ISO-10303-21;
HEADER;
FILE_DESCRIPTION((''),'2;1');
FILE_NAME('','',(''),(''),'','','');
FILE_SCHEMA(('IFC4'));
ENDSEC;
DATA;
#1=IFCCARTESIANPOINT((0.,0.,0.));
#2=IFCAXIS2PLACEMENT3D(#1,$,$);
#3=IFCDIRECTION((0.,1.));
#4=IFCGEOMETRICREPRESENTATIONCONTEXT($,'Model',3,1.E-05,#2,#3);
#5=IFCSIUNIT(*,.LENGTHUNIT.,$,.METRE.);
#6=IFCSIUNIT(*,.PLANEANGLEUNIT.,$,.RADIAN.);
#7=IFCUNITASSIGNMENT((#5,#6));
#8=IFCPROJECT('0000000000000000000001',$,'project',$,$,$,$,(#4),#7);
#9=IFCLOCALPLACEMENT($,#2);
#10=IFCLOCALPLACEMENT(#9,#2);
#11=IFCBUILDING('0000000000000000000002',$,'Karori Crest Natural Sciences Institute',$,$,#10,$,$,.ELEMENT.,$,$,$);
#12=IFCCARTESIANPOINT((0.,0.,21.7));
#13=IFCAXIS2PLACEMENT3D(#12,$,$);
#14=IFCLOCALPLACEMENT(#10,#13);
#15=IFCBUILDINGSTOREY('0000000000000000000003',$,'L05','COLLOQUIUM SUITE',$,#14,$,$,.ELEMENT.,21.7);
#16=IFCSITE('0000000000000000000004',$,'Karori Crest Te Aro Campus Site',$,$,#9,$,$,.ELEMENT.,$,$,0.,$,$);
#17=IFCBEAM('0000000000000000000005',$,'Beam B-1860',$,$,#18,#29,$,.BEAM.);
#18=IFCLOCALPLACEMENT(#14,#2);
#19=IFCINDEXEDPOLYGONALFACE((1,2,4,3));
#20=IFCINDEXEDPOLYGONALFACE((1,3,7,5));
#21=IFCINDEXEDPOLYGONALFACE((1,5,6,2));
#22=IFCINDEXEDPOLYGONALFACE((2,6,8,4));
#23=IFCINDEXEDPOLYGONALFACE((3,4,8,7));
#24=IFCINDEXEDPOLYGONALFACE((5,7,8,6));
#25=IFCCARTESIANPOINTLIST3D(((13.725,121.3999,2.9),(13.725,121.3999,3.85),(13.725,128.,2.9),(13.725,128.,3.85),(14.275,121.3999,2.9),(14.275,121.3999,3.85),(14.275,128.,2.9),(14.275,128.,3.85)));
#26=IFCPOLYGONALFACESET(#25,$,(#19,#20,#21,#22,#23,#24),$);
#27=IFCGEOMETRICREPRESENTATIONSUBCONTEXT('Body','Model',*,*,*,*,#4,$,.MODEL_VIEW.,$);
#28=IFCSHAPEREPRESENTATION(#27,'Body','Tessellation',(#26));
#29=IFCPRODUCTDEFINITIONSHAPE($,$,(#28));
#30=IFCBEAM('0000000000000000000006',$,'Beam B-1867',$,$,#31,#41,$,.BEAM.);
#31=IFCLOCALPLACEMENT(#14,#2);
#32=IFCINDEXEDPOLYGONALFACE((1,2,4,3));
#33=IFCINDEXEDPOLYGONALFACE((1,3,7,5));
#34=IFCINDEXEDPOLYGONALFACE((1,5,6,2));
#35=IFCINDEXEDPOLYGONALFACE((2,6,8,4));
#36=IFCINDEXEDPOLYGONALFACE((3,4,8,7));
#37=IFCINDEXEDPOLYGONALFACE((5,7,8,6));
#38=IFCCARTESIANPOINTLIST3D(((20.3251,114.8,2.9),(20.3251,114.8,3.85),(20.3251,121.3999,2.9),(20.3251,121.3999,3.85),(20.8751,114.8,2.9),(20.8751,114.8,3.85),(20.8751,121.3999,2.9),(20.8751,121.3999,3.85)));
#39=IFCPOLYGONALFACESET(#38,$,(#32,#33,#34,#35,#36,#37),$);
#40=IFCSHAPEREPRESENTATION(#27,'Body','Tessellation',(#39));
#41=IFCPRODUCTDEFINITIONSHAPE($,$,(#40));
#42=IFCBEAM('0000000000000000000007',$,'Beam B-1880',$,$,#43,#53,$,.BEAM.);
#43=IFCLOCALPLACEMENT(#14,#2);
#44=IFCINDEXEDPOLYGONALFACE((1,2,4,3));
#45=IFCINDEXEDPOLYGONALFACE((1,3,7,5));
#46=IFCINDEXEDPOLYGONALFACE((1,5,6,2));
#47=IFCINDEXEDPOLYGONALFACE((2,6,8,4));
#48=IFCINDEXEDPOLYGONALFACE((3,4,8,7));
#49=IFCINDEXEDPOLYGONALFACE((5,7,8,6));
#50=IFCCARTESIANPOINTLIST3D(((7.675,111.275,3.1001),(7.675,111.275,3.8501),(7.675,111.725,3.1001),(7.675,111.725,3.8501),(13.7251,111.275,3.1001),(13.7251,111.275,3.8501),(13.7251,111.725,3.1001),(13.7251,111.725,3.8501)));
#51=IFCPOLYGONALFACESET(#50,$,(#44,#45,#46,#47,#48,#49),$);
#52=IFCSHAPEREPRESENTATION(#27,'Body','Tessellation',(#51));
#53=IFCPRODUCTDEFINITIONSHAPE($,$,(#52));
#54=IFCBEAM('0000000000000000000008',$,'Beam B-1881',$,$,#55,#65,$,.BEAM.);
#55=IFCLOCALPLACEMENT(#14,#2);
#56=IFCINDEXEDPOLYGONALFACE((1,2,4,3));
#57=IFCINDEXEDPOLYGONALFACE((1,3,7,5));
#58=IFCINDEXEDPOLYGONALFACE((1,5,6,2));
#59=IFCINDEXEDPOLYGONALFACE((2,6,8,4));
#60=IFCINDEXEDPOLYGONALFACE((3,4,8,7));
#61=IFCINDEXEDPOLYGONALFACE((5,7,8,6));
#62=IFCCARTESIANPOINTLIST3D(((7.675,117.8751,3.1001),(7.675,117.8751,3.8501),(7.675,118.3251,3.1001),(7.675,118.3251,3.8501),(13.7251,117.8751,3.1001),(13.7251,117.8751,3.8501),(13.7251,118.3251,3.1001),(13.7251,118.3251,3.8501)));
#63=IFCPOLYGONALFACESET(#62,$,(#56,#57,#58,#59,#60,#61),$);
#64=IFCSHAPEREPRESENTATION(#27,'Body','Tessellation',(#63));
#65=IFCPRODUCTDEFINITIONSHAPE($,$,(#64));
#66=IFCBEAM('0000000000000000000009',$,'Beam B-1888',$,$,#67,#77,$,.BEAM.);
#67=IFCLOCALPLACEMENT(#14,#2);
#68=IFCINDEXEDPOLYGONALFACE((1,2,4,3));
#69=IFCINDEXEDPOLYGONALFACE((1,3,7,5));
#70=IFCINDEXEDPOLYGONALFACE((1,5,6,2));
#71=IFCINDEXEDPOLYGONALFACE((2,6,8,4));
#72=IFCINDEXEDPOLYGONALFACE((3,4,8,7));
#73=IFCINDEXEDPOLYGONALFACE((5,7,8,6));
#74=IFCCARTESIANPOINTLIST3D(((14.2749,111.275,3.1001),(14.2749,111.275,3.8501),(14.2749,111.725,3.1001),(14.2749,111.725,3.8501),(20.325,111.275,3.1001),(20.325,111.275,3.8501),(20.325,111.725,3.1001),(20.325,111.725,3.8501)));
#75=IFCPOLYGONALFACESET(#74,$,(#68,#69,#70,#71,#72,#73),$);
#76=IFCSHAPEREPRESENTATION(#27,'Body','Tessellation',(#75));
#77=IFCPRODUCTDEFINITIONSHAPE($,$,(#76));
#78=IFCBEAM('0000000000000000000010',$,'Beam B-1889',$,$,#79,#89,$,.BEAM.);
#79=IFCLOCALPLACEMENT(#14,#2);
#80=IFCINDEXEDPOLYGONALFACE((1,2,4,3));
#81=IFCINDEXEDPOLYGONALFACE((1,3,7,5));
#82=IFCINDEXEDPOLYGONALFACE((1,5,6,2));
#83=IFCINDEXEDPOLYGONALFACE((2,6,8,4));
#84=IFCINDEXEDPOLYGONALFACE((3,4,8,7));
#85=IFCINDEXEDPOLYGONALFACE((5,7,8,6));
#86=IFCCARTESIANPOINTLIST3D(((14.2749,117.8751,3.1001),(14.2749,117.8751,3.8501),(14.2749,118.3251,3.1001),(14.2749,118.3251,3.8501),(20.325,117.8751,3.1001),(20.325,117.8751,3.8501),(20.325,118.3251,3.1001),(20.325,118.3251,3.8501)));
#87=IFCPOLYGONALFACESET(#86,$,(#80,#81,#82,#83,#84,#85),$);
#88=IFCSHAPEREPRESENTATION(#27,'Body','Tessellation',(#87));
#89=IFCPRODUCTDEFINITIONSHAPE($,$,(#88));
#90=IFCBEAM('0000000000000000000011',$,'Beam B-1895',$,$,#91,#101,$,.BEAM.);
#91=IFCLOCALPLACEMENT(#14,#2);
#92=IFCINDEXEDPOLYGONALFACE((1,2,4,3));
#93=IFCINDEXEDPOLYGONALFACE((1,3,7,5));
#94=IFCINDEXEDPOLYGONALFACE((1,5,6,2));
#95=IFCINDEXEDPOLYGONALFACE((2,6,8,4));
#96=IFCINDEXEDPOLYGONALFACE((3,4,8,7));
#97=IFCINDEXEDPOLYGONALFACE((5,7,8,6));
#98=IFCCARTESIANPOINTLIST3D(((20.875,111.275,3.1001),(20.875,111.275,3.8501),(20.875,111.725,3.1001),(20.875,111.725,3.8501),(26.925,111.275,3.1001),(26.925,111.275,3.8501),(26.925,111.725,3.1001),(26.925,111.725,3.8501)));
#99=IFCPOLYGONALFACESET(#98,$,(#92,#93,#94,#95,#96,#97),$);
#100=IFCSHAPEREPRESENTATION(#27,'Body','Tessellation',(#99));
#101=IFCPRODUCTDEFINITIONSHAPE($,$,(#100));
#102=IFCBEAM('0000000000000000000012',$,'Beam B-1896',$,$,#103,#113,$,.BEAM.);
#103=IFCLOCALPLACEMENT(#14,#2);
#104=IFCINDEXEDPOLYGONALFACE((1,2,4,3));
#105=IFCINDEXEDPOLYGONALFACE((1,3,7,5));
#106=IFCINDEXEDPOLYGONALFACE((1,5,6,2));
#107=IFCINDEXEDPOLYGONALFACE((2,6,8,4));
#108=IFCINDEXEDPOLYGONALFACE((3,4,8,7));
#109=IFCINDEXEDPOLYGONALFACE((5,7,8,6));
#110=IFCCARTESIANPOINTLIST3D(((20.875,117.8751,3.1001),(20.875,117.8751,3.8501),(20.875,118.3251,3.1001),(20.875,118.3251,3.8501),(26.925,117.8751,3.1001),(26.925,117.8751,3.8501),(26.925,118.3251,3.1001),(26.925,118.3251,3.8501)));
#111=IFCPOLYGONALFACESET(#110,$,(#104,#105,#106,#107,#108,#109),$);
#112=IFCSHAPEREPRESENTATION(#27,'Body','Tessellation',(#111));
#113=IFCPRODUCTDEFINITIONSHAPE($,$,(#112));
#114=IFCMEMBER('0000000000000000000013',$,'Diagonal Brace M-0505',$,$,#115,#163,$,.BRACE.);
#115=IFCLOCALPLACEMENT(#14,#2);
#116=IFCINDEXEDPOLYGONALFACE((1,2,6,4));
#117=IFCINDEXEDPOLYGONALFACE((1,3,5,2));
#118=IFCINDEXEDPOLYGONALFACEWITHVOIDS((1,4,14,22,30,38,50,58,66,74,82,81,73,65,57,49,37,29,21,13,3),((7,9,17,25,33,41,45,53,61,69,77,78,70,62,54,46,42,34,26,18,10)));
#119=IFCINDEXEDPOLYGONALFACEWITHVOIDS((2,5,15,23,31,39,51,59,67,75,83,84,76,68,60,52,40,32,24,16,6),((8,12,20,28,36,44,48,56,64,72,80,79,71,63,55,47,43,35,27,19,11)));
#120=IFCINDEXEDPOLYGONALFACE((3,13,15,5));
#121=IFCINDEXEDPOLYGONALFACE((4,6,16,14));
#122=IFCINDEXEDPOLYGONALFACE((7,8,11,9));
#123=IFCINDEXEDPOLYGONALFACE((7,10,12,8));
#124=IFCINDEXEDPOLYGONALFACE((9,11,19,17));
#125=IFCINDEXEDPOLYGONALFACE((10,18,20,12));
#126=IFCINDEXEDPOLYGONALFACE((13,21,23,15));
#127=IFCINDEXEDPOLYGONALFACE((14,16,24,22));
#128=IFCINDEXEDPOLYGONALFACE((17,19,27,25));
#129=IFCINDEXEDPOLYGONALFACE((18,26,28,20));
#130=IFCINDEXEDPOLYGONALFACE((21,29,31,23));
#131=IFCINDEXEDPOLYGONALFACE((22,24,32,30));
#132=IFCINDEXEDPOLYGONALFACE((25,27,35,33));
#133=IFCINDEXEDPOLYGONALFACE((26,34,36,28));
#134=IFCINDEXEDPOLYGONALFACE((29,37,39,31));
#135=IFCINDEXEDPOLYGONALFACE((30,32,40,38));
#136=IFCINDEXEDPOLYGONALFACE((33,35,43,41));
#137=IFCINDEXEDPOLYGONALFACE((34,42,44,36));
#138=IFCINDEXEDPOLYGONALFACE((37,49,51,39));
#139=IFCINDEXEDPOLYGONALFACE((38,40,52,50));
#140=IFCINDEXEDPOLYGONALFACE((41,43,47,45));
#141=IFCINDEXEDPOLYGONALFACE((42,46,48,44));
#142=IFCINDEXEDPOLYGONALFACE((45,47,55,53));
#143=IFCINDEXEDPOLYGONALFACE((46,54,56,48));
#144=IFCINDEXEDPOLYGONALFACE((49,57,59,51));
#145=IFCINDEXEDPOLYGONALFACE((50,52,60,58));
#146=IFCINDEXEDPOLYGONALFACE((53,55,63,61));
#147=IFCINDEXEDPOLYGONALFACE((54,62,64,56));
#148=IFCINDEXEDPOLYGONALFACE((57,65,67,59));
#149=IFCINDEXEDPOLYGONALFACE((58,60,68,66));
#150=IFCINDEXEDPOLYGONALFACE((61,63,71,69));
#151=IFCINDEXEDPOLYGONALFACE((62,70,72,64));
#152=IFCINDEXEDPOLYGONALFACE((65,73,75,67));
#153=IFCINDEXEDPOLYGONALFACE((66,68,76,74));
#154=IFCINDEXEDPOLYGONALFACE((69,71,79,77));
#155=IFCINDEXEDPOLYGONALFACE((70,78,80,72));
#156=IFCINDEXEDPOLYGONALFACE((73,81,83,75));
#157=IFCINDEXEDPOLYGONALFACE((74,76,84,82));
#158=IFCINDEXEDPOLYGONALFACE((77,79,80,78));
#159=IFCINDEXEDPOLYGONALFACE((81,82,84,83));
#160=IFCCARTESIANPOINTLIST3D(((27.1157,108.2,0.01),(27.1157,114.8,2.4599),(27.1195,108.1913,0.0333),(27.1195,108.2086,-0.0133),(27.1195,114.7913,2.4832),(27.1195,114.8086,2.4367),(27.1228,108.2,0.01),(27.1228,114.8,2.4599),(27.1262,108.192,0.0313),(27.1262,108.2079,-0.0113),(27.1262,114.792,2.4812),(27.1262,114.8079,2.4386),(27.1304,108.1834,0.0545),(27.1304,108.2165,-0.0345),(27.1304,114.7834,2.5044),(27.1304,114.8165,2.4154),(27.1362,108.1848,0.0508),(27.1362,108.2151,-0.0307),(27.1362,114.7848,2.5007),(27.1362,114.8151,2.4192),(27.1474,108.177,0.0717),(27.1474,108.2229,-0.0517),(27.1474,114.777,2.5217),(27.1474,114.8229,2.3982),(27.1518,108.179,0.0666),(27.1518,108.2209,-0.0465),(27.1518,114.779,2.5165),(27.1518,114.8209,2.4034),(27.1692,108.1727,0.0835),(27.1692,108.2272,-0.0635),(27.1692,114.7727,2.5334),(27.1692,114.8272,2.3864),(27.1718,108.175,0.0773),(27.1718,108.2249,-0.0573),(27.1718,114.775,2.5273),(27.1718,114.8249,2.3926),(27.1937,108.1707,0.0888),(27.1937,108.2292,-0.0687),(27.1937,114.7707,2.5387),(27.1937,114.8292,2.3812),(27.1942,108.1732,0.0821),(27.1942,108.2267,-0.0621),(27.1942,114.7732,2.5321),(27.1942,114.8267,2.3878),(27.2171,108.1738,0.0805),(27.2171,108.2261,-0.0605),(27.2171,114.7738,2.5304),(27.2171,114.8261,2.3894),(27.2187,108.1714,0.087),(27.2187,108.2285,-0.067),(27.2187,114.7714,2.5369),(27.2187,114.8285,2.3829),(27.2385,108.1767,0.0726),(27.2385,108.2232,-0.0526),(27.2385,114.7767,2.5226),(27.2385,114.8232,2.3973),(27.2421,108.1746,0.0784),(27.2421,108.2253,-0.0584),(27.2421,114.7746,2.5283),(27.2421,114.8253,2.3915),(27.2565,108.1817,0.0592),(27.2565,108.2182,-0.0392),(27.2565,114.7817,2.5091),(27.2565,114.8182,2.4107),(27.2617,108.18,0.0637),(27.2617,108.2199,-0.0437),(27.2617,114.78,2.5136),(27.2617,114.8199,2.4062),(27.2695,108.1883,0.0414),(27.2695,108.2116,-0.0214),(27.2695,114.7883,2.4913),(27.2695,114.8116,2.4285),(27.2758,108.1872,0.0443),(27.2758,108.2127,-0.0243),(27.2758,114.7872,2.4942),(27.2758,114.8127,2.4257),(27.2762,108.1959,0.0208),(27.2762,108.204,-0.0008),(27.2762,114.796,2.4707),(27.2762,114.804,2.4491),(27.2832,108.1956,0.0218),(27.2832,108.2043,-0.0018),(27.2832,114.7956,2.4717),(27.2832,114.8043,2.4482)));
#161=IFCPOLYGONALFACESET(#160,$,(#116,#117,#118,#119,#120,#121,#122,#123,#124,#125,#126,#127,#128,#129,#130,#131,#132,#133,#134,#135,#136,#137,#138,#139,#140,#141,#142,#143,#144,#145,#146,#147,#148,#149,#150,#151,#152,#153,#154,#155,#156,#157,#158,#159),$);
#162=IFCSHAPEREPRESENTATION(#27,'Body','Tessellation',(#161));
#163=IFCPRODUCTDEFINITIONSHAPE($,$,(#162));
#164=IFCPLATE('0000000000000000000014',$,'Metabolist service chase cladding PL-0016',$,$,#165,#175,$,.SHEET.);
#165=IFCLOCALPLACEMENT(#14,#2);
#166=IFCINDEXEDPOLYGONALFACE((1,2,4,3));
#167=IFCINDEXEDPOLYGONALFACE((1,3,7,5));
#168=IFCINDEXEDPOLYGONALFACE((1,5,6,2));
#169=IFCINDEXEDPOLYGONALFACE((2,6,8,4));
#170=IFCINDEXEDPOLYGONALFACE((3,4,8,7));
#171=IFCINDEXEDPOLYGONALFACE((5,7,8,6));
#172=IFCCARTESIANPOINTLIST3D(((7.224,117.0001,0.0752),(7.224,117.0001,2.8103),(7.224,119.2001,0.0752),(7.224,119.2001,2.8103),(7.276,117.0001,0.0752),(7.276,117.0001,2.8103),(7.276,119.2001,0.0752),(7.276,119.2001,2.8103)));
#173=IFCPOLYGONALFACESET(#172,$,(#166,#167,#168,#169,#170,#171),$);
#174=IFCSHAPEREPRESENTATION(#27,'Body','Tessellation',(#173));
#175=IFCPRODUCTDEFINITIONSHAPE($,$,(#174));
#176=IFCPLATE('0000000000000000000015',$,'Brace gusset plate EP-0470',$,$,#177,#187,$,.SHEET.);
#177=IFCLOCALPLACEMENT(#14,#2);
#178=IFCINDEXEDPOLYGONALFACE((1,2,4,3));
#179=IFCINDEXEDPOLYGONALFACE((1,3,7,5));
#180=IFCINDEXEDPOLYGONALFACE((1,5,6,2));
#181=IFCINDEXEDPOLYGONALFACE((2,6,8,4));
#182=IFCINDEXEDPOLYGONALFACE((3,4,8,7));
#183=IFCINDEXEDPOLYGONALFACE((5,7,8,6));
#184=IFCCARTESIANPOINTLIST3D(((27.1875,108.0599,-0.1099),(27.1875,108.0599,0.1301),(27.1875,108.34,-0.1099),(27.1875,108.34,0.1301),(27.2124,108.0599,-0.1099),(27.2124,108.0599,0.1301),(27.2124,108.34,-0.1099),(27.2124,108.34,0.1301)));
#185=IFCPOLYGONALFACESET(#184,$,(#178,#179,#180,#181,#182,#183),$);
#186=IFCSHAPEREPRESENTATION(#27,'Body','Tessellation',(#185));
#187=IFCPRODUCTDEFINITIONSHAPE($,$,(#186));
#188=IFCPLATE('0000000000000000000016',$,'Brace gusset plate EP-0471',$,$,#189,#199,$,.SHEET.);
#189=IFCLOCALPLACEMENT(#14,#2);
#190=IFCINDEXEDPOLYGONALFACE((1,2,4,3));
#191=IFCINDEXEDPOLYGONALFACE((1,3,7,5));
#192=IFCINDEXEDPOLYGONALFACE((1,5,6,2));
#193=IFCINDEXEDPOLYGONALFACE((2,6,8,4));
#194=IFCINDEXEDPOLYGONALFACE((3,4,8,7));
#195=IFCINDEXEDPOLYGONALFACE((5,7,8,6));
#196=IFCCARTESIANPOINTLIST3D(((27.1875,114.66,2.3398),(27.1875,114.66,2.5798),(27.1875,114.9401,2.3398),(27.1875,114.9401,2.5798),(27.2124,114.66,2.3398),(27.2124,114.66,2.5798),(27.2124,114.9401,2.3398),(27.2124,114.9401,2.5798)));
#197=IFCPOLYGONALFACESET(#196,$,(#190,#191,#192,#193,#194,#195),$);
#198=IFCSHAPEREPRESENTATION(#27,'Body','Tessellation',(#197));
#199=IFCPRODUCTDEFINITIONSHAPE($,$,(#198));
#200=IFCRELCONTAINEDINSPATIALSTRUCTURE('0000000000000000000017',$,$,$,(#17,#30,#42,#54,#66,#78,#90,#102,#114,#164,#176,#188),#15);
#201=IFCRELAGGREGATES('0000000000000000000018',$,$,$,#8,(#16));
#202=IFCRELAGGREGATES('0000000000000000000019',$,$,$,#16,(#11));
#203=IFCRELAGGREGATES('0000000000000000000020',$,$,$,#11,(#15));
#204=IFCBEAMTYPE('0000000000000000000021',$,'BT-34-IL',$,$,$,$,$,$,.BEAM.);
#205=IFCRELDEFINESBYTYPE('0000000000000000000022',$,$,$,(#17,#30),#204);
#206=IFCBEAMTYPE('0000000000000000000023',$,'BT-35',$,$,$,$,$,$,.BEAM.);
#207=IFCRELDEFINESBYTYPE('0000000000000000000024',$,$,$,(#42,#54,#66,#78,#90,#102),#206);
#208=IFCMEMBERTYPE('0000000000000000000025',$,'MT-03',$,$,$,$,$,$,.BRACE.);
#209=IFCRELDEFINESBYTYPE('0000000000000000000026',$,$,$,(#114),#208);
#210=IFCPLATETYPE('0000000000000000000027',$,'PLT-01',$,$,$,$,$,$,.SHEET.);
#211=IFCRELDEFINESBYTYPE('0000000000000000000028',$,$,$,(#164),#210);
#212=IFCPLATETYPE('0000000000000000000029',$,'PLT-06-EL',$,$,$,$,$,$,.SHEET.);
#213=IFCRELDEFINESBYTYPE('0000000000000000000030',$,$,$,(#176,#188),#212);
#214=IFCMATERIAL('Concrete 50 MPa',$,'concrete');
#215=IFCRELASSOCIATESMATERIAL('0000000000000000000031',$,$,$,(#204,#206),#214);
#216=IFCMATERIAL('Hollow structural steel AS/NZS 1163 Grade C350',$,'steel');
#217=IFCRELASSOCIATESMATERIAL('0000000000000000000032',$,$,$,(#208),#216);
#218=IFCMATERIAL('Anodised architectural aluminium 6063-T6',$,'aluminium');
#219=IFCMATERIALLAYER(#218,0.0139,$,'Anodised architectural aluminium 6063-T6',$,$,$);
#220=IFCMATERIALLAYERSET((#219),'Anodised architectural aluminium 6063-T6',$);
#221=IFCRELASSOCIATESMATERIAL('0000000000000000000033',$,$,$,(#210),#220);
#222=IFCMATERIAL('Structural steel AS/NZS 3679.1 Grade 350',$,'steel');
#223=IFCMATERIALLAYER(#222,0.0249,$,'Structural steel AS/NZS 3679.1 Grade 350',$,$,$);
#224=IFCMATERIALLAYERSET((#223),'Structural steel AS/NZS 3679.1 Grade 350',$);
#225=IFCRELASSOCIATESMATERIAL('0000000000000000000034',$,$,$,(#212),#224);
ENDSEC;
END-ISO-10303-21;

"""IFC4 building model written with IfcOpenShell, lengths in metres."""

from ifc_helpers import new_model, si_unit, direction, frame, origin, origin_2d, place, context, subcontext, project, spatial, rectangle, hollow_circle, extrude, material, layer, layer_set, material_profile, profile_set, type_object, element, save


model = new_model("IFC4")

# Units and contexts
model_context = context("Model", 3, precision=1e-05, world=origin(), true_north=direction((0.0, 1.0)))
body_context = subcontext(model_context, "Body", "Model", "MODEL_VIEW")
ifc_project = project(units=[si_unit("LENGTHUNIT", "METRE"), si_unit("PLANEANGLEUNIT", "RADIAN")], contexts=[model_context])

# Site, building, storey
site_placement = place(None, origin())
site = spatial("IfcSite", under=ifc_project, at=site_placement, Name="Karori Crest Te Aro Campus Site", CompositionType="ELEMENT", RefElevation=0.0)
building_placement = place(site_placement, origin())
building = spatial("IfcBuilding", under=site, at=building_placement, Name="Karori Crest Natural Sciences Institute", CompositionType="ELEMENT")
storey_placement = place(building_placement, frame((0.0, 0.0, 21.7)))
storey = spatial("IfcBuildingStorey", under=building, at=storey_placement, Name="L05", Description="COLLOQUIUM SUITE", CompositionType="ELEMENT", Elevation=21.7)

# Shared definitions
ifc_material_1 = material(Name="Concrete 50 MPa", Category="concrete")

# Beams
ifc_material_profile_1 = material_profile(ifc_material_1, rectangle(XDim=0.55, YDim=0.95, at=origin_2d()), Name="RCB550x950")
ifc_profile_set_1 = profile_set([ifc_material_profile_1], Name="Concrete 50 MPa")
beam_type_1 = type_object("IfcBeamType", Name="BT-34-IL", PredefinedType="BEAM", material=ifc_profile_set_1)
beam_1_placement = place(storey_placement, frame((14.0, 121.3999, 3.375), z_axis=(0.0, 1.0, 0.0), x_axis=(-1.0, 0.0, 0.0)))
element("IfcBeam", 1, at=beam_1_placement, inside=storey, type_object=beam_type_1, Name="Beam B-1860", PredefinedType="BEAM", context=body_context, shape_type="SweptSolid", body=[
    extrude(rectangle(XDim=0.55, YDim=0.95, at=origin_2d()), origin(), (0.0, 0.0, 1.0), 6.6001),
])
beam_2_placement = place(storey_placement, frame((20.6001, 114.8, 3.375), z_axis=(0.0, 1.0, 0.0), x_axis=(-1.0, 0.0, 0.0)))
element("IfcBeam", 2, at=beam_2_placement, inside=storey, type_object=beam_type_1, Name="Beam B-1867", PredefinedType="BEAM", context=body_context, shape_type="SweptSolid", body=[
    extrude(rectangle(XDim=0.55, YDim=0.95, at=origin_2d()), origin(), (0.0, 0.0, 1.0), 6.5999),
])
ifc_material_profile_2 = material_profile(ifc_material_1, rectangle(XDim=0.45, YDim=0.75, at=origin_2d()), Name="RCB450x750")
ifc_profile_set_2 = profile_set([ifc_material_profile_2], Name="Concrete 50 MPa")
beam_type_2 = type_object("IfcBeamType", Name="BT-35", PredefinedType="BEAM", material=ifc_profile_set_2)
for number, where, z_axis, x_axis, name in (
    (3, (7.675, 111.5, 3.4751), (1.0, 0.0, 0.0), (0.0, 1.0, 0.0), "Beam B-1880"),
    (4, (7.675, 118.1001, 3.4751), (1.0, 0.0, 0.0), (0.0, 1.0, 0.0), "Beam B-1881"),
    (5, (14.2749, 111.5, 3.4751), (1.0, 0.0, 0.0), (0.0, 1.0, 0.0), "Beam B-1888"),
    (6, (14.2749, 118.1001, 3.4751), (1.0, 0.0, 0.0), (0.0, 1.0, 0.0), "Beam B-1889"),
    (7, (20.875, 111.5, 3.4751), (1.0, 0.0, 0.0), (0.0, 1.0, 0.0), "Beam B-1895"),
    (8, (20.875, 118.1001, 3.4751), (1.0, 0.0, 0.0), (0.0, 1.0, 0.0), "Beam B-1896"),
):
    element("IfcBeam", number, at=place(storey_placement, frame(where, z_axis=z_axis, x_axis=x_axis)), inside=storey, type_object=beam_type_2, Name=name, PredefinedType="BEAM", context=body_context, shape_type="SweptSolid", body=[
        extrude(rectangle(XDim=0.45, YDim=0.75, at=origin_2d()), origin(), (0.0, 0.0, 1.0), 6.05),
    ])

# Member
ifc_material_2 = material(Name="Hollow structural steel AS/NZS 1163 Grade C350", Category="steel")
ifc_material_profile_3 = material_profile(ifc_material_2, hollow_circle(Radius=0.0842, WallThickness=0.0071, at=origin_2d()), Name="CHS168.3x7.1")
ifc_profile_set_3 = profile_set([ifc_material_profile_3], Name="Hollow structural steel AS/NZS 1163 Grade C350")
member_type = type_object("IfcMemberType", Name="MT-03", PredefinedType="BRACE", material=ifc_profile_set_3)
member_placement = place(storey_placement, frame((27.2, 108.2, 0.01), z_axis=(0.0, 0.937495, 0.347998), x_axis=(-1.0, 0.0, 0.0)))
element("IfcMember", 9, at=member_placement, inside=storey, type_object=member_type, Name="Diagonal Brace M-0505", PredefinedType="BRACE", context=body_context, shape_type="SweptSolid", body=[
    extrude(hollow_circle(Radius=0.0842, WallThickness=0.0071, at=origin_2d()), origin(), (0.0, 0.0, 1.0), 7.04),
])

# Plates
ifc_material_3 = material(Name="Anodised architectural aluminium 6063-T6", Category="aluminium")
ifc_layer_1 = layer(ifc_material_3, 0.0139, Name="Anodised architectural aluminium 6063-T6")
ifc_layer_set_1 = layer_set([ifc_layer_1], Name="Anodised architectural aluminium 6063-T6")
plate_type_1 = type_object("IfcPlateType", Name="PLT-01", PredefinedType="SHEET", material=ifc_layer_set_1)
plate_placement = place(storey_placement, frame((7.25, 118.1001, 0.0752), z_axis=(0.0, 0.0, 1.0), x_axis=(1.0, 0.0, 0.0)))
element("IfcPlate", 10, at=plate_placement, inside=storey, type_object=plate_type_1, Name="Metabolist service chase cladding PL-0016", PredefinedType="SHEET", context=body_context, shape_type="SweptSolid", body=[
    extrude(rectangle(XDim=0.052, YDim=2.2, at=origin_2d()), origin(), (0.0, 0.0, 1.0), 2.7351),
])
ifc_material_4 = material(Name="Structural steel AS/NZS 3679.1 Grade 350", Category="steel")
ifc_layer_2 = layer(ifc_material_4, 0.0249, Name="Structural steel AS/NZS 3679.1 Grade 350")
ifc_layer_set_2 = layer_set([ifc_layer_2], Name="Structural steel AS/NZS 3679.1 Grade 350")
plate_type_2 = type_object("IfcPlateType", Name="PLT-06-EL", PredefinedType="SHEET", material=ifc_layer_set_2)
for number, where, z_axis, x_axis, name in (
    (11, (27.2, 108.2, -0.1099), (0.0, 0.0, 1.0), (0.0, 1.0, 0.0), "Brace gusset plate EP-0470"),
    (12, (27.2, 114.8, 2.3398), (0.0, 0.0, 1.0), (0.0, 1.0, 0.0), "Brace gusset plate EP-0471"),
):
    element("IfcPlate", number, at=place(storey_placement, frame(where, z_axis=z_axis, x_axis=x_axis)), inside=storey, type_object=plate_type_2, Name=name, PredefinedType="SHEET", context=body_context, shape_type="SweptSolid", body=[
        extrude(rectangle(XDim=0.28, YDim=0.0249, at=origin_2d()), origin(), (0.0, 0.0, 1.0), 0.24),
    ])

save(model, "model.ifc")
